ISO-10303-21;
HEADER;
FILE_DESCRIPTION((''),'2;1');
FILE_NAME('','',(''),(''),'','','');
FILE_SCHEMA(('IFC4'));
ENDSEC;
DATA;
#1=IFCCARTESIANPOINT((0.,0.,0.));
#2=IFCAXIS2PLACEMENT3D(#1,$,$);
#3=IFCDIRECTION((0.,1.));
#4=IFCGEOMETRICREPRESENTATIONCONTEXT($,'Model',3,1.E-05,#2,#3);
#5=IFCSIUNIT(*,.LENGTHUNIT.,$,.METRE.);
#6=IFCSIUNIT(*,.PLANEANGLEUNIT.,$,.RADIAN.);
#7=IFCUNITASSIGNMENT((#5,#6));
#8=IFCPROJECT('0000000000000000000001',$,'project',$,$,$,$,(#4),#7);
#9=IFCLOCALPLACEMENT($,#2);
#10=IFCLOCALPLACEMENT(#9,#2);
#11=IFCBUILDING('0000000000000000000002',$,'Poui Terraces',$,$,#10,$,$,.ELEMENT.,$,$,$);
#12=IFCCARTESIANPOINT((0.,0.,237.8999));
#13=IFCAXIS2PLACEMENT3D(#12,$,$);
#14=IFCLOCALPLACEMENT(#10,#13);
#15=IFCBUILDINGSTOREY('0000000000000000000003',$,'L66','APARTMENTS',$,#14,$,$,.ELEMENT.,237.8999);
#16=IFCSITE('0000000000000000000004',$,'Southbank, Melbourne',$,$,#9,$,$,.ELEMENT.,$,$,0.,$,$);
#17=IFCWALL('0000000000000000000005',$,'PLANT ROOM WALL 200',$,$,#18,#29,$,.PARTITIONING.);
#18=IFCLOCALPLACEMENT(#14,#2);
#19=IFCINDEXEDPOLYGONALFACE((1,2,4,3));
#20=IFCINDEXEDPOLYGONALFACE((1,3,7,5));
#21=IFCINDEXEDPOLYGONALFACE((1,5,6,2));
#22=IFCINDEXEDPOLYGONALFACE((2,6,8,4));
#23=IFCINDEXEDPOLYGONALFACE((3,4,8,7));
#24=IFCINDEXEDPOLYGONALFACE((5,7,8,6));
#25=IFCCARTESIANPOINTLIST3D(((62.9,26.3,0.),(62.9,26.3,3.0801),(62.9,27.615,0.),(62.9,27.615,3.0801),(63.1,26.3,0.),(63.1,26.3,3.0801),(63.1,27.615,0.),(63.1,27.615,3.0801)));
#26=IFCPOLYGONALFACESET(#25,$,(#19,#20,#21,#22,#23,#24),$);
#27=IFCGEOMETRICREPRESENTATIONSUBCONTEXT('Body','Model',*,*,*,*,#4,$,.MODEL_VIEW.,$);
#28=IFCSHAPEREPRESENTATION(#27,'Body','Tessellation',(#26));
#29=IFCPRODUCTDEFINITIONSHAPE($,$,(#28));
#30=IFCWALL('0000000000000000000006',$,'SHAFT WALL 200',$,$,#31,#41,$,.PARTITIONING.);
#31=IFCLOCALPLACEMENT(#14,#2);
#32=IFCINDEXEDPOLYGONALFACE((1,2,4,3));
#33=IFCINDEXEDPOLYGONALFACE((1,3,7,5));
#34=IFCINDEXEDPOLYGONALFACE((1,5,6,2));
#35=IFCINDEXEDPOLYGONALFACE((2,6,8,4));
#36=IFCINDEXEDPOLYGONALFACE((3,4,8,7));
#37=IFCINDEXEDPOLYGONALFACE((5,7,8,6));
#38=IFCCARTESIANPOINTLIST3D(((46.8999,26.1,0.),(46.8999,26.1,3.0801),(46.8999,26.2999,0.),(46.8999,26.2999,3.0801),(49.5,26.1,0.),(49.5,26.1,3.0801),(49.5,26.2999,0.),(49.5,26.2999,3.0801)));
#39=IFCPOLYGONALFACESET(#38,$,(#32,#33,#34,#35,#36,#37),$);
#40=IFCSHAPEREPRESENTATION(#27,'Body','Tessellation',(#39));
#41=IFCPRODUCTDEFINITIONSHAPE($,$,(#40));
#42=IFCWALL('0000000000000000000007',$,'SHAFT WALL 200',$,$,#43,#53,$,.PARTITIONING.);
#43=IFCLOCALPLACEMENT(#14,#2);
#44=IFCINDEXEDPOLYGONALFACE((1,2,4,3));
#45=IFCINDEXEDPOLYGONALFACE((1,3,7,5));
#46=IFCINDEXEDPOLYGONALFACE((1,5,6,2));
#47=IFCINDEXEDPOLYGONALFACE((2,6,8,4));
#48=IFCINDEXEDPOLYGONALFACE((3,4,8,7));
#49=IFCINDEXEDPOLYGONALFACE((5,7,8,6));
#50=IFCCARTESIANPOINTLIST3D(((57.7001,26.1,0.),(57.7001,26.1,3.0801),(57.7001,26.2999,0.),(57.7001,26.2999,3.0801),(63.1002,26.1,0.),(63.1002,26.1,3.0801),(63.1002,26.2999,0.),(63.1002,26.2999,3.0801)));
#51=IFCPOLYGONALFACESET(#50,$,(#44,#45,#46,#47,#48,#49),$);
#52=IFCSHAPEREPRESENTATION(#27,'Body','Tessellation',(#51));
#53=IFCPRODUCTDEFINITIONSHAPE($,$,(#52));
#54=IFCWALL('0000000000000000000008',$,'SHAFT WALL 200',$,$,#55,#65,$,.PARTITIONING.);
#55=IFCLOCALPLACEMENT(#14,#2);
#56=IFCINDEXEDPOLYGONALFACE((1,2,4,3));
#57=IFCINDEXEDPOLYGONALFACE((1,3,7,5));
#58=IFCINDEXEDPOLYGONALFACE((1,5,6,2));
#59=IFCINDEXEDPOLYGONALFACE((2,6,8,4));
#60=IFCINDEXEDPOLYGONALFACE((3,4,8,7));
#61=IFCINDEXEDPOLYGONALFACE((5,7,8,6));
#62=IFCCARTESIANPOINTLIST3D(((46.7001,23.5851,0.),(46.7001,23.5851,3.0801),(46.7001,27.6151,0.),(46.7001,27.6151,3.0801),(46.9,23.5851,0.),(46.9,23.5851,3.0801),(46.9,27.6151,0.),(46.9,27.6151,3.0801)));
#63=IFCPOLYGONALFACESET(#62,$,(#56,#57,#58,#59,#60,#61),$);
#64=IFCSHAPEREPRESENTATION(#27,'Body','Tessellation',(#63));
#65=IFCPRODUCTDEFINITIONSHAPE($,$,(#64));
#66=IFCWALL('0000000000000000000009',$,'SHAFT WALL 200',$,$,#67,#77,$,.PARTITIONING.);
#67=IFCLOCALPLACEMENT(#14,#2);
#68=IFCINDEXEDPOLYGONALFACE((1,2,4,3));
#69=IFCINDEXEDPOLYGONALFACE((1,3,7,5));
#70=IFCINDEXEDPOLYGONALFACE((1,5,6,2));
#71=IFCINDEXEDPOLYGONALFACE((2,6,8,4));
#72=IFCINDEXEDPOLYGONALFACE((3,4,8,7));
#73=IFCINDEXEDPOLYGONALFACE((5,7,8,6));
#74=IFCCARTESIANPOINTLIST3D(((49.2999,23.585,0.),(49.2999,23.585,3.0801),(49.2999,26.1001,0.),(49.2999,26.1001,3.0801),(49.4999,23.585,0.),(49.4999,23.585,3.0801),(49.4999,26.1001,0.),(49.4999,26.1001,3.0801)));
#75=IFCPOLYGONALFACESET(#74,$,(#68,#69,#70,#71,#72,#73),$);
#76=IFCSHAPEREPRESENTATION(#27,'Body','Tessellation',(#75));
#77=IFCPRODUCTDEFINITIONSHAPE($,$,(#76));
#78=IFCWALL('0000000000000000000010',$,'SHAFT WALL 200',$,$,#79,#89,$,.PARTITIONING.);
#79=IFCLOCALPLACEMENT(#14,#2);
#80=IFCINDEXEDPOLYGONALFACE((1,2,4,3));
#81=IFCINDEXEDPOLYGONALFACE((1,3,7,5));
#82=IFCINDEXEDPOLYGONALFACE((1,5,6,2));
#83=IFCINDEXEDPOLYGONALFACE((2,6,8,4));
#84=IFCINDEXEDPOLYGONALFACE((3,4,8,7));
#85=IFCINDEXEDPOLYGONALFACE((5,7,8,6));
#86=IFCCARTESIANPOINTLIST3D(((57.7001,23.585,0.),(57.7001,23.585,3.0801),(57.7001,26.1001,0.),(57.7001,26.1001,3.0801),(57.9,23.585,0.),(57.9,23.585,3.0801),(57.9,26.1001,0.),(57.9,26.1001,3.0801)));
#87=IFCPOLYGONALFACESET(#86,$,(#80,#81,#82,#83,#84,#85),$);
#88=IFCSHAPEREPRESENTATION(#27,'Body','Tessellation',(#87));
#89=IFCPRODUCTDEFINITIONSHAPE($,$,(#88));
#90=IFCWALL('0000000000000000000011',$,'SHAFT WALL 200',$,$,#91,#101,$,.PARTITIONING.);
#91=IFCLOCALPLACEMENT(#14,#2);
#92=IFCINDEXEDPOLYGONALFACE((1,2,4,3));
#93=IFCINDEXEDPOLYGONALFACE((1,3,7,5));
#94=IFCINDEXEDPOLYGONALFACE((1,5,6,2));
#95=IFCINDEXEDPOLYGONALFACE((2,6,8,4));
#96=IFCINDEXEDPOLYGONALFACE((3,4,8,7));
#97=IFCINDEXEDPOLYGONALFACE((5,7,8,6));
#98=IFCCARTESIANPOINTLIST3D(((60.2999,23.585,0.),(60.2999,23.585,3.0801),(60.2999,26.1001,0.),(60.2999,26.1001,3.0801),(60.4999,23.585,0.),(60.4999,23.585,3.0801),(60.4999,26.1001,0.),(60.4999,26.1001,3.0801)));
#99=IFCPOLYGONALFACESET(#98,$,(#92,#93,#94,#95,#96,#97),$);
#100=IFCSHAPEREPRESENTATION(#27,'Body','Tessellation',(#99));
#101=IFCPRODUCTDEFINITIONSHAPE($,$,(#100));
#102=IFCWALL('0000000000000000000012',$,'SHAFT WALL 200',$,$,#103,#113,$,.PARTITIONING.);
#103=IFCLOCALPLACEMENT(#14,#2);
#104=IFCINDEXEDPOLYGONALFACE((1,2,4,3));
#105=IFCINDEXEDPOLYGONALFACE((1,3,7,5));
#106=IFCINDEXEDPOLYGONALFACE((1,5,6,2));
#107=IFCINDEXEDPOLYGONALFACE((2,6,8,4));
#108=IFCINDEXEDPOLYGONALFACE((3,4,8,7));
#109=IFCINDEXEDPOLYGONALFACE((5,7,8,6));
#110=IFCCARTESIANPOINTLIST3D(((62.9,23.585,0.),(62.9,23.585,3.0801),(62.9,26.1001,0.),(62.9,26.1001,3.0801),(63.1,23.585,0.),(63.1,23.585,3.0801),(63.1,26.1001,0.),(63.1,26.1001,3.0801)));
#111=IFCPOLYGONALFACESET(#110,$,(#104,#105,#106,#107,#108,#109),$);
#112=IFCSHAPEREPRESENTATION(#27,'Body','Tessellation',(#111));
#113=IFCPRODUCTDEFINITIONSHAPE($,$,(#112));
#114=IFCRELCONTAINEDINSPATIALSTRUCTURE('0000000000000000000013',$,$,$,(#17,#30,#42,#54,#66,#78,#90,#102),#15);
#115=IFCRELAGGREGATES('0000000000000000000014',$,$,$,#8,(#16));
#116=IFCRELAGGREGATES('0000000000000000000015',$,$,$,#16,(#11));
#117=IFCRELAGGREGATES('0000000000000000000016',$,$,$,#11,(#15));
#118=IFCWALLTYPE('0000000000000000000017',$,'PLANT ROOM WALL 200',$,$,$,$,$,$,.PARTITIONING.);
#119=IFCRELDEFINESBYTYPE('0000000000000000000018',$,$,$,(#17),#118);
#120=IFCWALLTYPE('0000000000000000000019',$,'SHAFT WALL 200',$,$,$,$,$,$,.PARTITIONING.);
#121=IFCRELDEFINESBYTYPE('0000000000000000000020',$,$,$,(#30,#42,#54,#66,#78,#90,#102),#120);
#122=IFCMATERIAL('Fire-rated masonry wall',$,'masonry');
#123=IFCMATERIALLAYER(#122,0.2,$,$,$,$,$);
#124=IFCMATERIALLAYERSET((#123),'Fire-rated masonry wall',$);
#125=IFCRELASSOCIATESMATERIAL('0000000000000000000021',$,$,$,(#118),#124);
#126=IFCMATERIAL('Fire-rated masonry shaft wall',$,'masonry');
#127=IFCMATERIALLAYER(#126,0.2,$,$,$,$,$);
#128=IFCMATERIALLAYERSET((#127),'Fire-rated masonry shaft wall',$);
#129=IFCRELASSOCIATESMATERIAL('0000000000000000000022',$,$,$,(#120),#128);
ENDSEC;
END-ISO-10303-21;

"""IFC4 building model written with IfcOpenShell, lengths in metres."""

from ifc_helpers import new_model, si_unit, direction, frame, frame_2d, origin, place, context, subcontext, project, spatial, rectangle, extrude, material, layer, layer_set, type_object, element, save


model = new_model("IFC4")

# Units and contexts
model_context = context("Model", 3, precision=1e-05, world=origin(), true_north=direction((0.0, 1.0)))
body_context = subcontext(model_context, "Body", "Model", "MODEL_VIEW")
ifc_project = project(units=[si_unit("LENGTHUNIT", "METRE"), si_unit("PLANEANGLEUNIT", "RADIAN")], contexts=[model_context])

# Site, building, storey
site_placement = place(None, origin())
site = spatial("IfcSite", under=ifc_project, at=site_placement, Name="Southbank, Melbourne", CompositionType="ELEMENT", RefElevation=0.0)
building_placement = place(site_placement, origin())
building = spatial("IfcBuilding", under=site, at=building_placement, Name="Poui Terraces", CompositionType="ELEMENT")
storey_placement = place(building_placement, frame((0.0, 0.0, 237.8999)))
storey = spatial("IfcBuildingStorey", under=building, at=storey_placement, Name="L66", Description="APARTMENTS", CompositionType="ELEMENT", Elevation=237.8999)

# Walls
ifc_material_1 = material(Name="Fire-rated masonry wall", Category="masonry")
ifc_layer_1 = layer(ifc_material_1, 0.2)
ifc_layer_set_1 = layer_set([ifc_layer_1], Name="Fire-rated masonry wall")
wall_type_1 = type_object("IfcWallType", Name="PLANT ROOM WALL 200", PredefinedType="PARTITIONING", material=ifc_layer_set_1)
for number, where, z_axis, x_axis, name in (
    (1, (63.0, 26.3, 0.0), (0.0, 0.0, 1.0), (0.0, 1.0, 0.0), "PLANT ROOM WALL 200"),
):
    element("IfcWall", number, at=place(storey_placement, frame(where, z_axis=z_axis, x_axis=x_axis)), inside=storey, type_object=wall_type_1, Name=name, PredefinedType="PARTITIONING", context=body_context, shape_type="SweptSolid", body=[
        extrude(rectangle(XDim=1.3149, YDim=0.2, at=frame_2d((0.6575, 0.0))), origin(), (0.0, 0.0, 1.0), 3.0801),
    ])
ifc_material_2 = material(Name="Fire-rated masonry shaft wall", Category="masonry")
ifc_layer_2 = layer(ifc_material_2, 0.2)
ifc_layer_set_2 = layer_set([ifc_layer_2], Name="Fire-rated masonry shaft wall")
wall_type_2 = type_object("IfcWallType", Name="SHAFT WALL 200", PredefinedType="PARTITIONING", material=ifc_layer_set_2)
wall_1_placement = place(storey_placement, frame((46.8999, 26.2, 0.0), z_axis=(0.0, 0.0, 1.0), x_axis=(1.0, 0.0, 0.0)))
element("IfcWall", 2, at=wall_1_placement, inside=storey, type_object=wall_type_2, Name="SHAFT WALL 200", PredefinedType="PARTITIONING", context=body_context, shape_type="SweptSolid", body=[
    extrude(rectangle(XDim=2.6001, YDim=0.2, at=frame_2d((1.3, 0.0))), origin(), (0.0, 0.0, 1.0), 3.0801),
])
wall_2_placement = place(storey_placement, frame((57.7, 26.2, 0.0), z_axis=(0.0, 0.0, 1.0), x_axis=(1.0, 0.0, 0.0)))
element("IfcWall", 3, at=wall_2_placement, inside=storey, type_object=wall_type_2, Name="SHAFT WALL 200", PredefinedType="PARTITIONING", context=body_context, shape_type="SweptSolid", body=[
    extrude(rectangle(XDim=5.4001, YDim=0.2, at=frame_2d((2.7002, 0.0))), origin(), (0.0, 0.0, 1.0), 3.0801),
])
wall_3_placement = place(storey_placement, frame((46.8, 23.585, 0.0), z_axis=(0.0, 0.0, 1.0), x_axis=(0.0, 1.0, 0.0)))
element("IfcWall", 4, at=wall_3_placement, inside=storey, type_object=wall_type_2, Name="SHAFT WALL 200", PredefinedType="PARTITIONING", context=body_context, shape_type="SweptSolid", body=[
    extrude(rectangle(XDim=4.03, YDim=0.2, at=frame_2d((2.0151, 0.0))), origin(), (0.0, 0.0, 1.0), 3.0801),
])
for number, where, z_axis, x_axis, name in (
    (5, (49.3999, 23.585, 0.0), (0.0, 0.0, 1.0), (0.0, 1.0, 0.0), "SHAFT WALL 200"),
    (6, (57.8, 23.585, 0.0), (0.0, 0.0, 1.0), (0.0, 1.0, 0.0), "SHAFT WALL 200"),
    (7, (60.3999, 23.585, 0.0), (0.0, 0.0, 1.0), (0.0, 1.0, 0.0), "SHAFT WALL 200"),
    (8, (63.0, 23.585, 0.0), (0.0, 0.0, 1.0), (0.0, 1.0, 0.0), "SHAFT WALL 200"),
):
    element("IfcWall", number, at=place(storey_placement, frame(where, z_axis=z_axis, x_axis=x_axis)), inside=storey, type_object=wall_type_2, Name=name, PredefinedType="PARTITIONING", context=body_context, shape_type="SweptSolid", body=[
        extrude(rectangle(XDim=2.5151, YDim=0.2, at=frame_2d((1.2576, 0.0))), origin(), (0.0, 0.0, 1.0), 3.0801),
    ])

save(model, "model.ifc")
